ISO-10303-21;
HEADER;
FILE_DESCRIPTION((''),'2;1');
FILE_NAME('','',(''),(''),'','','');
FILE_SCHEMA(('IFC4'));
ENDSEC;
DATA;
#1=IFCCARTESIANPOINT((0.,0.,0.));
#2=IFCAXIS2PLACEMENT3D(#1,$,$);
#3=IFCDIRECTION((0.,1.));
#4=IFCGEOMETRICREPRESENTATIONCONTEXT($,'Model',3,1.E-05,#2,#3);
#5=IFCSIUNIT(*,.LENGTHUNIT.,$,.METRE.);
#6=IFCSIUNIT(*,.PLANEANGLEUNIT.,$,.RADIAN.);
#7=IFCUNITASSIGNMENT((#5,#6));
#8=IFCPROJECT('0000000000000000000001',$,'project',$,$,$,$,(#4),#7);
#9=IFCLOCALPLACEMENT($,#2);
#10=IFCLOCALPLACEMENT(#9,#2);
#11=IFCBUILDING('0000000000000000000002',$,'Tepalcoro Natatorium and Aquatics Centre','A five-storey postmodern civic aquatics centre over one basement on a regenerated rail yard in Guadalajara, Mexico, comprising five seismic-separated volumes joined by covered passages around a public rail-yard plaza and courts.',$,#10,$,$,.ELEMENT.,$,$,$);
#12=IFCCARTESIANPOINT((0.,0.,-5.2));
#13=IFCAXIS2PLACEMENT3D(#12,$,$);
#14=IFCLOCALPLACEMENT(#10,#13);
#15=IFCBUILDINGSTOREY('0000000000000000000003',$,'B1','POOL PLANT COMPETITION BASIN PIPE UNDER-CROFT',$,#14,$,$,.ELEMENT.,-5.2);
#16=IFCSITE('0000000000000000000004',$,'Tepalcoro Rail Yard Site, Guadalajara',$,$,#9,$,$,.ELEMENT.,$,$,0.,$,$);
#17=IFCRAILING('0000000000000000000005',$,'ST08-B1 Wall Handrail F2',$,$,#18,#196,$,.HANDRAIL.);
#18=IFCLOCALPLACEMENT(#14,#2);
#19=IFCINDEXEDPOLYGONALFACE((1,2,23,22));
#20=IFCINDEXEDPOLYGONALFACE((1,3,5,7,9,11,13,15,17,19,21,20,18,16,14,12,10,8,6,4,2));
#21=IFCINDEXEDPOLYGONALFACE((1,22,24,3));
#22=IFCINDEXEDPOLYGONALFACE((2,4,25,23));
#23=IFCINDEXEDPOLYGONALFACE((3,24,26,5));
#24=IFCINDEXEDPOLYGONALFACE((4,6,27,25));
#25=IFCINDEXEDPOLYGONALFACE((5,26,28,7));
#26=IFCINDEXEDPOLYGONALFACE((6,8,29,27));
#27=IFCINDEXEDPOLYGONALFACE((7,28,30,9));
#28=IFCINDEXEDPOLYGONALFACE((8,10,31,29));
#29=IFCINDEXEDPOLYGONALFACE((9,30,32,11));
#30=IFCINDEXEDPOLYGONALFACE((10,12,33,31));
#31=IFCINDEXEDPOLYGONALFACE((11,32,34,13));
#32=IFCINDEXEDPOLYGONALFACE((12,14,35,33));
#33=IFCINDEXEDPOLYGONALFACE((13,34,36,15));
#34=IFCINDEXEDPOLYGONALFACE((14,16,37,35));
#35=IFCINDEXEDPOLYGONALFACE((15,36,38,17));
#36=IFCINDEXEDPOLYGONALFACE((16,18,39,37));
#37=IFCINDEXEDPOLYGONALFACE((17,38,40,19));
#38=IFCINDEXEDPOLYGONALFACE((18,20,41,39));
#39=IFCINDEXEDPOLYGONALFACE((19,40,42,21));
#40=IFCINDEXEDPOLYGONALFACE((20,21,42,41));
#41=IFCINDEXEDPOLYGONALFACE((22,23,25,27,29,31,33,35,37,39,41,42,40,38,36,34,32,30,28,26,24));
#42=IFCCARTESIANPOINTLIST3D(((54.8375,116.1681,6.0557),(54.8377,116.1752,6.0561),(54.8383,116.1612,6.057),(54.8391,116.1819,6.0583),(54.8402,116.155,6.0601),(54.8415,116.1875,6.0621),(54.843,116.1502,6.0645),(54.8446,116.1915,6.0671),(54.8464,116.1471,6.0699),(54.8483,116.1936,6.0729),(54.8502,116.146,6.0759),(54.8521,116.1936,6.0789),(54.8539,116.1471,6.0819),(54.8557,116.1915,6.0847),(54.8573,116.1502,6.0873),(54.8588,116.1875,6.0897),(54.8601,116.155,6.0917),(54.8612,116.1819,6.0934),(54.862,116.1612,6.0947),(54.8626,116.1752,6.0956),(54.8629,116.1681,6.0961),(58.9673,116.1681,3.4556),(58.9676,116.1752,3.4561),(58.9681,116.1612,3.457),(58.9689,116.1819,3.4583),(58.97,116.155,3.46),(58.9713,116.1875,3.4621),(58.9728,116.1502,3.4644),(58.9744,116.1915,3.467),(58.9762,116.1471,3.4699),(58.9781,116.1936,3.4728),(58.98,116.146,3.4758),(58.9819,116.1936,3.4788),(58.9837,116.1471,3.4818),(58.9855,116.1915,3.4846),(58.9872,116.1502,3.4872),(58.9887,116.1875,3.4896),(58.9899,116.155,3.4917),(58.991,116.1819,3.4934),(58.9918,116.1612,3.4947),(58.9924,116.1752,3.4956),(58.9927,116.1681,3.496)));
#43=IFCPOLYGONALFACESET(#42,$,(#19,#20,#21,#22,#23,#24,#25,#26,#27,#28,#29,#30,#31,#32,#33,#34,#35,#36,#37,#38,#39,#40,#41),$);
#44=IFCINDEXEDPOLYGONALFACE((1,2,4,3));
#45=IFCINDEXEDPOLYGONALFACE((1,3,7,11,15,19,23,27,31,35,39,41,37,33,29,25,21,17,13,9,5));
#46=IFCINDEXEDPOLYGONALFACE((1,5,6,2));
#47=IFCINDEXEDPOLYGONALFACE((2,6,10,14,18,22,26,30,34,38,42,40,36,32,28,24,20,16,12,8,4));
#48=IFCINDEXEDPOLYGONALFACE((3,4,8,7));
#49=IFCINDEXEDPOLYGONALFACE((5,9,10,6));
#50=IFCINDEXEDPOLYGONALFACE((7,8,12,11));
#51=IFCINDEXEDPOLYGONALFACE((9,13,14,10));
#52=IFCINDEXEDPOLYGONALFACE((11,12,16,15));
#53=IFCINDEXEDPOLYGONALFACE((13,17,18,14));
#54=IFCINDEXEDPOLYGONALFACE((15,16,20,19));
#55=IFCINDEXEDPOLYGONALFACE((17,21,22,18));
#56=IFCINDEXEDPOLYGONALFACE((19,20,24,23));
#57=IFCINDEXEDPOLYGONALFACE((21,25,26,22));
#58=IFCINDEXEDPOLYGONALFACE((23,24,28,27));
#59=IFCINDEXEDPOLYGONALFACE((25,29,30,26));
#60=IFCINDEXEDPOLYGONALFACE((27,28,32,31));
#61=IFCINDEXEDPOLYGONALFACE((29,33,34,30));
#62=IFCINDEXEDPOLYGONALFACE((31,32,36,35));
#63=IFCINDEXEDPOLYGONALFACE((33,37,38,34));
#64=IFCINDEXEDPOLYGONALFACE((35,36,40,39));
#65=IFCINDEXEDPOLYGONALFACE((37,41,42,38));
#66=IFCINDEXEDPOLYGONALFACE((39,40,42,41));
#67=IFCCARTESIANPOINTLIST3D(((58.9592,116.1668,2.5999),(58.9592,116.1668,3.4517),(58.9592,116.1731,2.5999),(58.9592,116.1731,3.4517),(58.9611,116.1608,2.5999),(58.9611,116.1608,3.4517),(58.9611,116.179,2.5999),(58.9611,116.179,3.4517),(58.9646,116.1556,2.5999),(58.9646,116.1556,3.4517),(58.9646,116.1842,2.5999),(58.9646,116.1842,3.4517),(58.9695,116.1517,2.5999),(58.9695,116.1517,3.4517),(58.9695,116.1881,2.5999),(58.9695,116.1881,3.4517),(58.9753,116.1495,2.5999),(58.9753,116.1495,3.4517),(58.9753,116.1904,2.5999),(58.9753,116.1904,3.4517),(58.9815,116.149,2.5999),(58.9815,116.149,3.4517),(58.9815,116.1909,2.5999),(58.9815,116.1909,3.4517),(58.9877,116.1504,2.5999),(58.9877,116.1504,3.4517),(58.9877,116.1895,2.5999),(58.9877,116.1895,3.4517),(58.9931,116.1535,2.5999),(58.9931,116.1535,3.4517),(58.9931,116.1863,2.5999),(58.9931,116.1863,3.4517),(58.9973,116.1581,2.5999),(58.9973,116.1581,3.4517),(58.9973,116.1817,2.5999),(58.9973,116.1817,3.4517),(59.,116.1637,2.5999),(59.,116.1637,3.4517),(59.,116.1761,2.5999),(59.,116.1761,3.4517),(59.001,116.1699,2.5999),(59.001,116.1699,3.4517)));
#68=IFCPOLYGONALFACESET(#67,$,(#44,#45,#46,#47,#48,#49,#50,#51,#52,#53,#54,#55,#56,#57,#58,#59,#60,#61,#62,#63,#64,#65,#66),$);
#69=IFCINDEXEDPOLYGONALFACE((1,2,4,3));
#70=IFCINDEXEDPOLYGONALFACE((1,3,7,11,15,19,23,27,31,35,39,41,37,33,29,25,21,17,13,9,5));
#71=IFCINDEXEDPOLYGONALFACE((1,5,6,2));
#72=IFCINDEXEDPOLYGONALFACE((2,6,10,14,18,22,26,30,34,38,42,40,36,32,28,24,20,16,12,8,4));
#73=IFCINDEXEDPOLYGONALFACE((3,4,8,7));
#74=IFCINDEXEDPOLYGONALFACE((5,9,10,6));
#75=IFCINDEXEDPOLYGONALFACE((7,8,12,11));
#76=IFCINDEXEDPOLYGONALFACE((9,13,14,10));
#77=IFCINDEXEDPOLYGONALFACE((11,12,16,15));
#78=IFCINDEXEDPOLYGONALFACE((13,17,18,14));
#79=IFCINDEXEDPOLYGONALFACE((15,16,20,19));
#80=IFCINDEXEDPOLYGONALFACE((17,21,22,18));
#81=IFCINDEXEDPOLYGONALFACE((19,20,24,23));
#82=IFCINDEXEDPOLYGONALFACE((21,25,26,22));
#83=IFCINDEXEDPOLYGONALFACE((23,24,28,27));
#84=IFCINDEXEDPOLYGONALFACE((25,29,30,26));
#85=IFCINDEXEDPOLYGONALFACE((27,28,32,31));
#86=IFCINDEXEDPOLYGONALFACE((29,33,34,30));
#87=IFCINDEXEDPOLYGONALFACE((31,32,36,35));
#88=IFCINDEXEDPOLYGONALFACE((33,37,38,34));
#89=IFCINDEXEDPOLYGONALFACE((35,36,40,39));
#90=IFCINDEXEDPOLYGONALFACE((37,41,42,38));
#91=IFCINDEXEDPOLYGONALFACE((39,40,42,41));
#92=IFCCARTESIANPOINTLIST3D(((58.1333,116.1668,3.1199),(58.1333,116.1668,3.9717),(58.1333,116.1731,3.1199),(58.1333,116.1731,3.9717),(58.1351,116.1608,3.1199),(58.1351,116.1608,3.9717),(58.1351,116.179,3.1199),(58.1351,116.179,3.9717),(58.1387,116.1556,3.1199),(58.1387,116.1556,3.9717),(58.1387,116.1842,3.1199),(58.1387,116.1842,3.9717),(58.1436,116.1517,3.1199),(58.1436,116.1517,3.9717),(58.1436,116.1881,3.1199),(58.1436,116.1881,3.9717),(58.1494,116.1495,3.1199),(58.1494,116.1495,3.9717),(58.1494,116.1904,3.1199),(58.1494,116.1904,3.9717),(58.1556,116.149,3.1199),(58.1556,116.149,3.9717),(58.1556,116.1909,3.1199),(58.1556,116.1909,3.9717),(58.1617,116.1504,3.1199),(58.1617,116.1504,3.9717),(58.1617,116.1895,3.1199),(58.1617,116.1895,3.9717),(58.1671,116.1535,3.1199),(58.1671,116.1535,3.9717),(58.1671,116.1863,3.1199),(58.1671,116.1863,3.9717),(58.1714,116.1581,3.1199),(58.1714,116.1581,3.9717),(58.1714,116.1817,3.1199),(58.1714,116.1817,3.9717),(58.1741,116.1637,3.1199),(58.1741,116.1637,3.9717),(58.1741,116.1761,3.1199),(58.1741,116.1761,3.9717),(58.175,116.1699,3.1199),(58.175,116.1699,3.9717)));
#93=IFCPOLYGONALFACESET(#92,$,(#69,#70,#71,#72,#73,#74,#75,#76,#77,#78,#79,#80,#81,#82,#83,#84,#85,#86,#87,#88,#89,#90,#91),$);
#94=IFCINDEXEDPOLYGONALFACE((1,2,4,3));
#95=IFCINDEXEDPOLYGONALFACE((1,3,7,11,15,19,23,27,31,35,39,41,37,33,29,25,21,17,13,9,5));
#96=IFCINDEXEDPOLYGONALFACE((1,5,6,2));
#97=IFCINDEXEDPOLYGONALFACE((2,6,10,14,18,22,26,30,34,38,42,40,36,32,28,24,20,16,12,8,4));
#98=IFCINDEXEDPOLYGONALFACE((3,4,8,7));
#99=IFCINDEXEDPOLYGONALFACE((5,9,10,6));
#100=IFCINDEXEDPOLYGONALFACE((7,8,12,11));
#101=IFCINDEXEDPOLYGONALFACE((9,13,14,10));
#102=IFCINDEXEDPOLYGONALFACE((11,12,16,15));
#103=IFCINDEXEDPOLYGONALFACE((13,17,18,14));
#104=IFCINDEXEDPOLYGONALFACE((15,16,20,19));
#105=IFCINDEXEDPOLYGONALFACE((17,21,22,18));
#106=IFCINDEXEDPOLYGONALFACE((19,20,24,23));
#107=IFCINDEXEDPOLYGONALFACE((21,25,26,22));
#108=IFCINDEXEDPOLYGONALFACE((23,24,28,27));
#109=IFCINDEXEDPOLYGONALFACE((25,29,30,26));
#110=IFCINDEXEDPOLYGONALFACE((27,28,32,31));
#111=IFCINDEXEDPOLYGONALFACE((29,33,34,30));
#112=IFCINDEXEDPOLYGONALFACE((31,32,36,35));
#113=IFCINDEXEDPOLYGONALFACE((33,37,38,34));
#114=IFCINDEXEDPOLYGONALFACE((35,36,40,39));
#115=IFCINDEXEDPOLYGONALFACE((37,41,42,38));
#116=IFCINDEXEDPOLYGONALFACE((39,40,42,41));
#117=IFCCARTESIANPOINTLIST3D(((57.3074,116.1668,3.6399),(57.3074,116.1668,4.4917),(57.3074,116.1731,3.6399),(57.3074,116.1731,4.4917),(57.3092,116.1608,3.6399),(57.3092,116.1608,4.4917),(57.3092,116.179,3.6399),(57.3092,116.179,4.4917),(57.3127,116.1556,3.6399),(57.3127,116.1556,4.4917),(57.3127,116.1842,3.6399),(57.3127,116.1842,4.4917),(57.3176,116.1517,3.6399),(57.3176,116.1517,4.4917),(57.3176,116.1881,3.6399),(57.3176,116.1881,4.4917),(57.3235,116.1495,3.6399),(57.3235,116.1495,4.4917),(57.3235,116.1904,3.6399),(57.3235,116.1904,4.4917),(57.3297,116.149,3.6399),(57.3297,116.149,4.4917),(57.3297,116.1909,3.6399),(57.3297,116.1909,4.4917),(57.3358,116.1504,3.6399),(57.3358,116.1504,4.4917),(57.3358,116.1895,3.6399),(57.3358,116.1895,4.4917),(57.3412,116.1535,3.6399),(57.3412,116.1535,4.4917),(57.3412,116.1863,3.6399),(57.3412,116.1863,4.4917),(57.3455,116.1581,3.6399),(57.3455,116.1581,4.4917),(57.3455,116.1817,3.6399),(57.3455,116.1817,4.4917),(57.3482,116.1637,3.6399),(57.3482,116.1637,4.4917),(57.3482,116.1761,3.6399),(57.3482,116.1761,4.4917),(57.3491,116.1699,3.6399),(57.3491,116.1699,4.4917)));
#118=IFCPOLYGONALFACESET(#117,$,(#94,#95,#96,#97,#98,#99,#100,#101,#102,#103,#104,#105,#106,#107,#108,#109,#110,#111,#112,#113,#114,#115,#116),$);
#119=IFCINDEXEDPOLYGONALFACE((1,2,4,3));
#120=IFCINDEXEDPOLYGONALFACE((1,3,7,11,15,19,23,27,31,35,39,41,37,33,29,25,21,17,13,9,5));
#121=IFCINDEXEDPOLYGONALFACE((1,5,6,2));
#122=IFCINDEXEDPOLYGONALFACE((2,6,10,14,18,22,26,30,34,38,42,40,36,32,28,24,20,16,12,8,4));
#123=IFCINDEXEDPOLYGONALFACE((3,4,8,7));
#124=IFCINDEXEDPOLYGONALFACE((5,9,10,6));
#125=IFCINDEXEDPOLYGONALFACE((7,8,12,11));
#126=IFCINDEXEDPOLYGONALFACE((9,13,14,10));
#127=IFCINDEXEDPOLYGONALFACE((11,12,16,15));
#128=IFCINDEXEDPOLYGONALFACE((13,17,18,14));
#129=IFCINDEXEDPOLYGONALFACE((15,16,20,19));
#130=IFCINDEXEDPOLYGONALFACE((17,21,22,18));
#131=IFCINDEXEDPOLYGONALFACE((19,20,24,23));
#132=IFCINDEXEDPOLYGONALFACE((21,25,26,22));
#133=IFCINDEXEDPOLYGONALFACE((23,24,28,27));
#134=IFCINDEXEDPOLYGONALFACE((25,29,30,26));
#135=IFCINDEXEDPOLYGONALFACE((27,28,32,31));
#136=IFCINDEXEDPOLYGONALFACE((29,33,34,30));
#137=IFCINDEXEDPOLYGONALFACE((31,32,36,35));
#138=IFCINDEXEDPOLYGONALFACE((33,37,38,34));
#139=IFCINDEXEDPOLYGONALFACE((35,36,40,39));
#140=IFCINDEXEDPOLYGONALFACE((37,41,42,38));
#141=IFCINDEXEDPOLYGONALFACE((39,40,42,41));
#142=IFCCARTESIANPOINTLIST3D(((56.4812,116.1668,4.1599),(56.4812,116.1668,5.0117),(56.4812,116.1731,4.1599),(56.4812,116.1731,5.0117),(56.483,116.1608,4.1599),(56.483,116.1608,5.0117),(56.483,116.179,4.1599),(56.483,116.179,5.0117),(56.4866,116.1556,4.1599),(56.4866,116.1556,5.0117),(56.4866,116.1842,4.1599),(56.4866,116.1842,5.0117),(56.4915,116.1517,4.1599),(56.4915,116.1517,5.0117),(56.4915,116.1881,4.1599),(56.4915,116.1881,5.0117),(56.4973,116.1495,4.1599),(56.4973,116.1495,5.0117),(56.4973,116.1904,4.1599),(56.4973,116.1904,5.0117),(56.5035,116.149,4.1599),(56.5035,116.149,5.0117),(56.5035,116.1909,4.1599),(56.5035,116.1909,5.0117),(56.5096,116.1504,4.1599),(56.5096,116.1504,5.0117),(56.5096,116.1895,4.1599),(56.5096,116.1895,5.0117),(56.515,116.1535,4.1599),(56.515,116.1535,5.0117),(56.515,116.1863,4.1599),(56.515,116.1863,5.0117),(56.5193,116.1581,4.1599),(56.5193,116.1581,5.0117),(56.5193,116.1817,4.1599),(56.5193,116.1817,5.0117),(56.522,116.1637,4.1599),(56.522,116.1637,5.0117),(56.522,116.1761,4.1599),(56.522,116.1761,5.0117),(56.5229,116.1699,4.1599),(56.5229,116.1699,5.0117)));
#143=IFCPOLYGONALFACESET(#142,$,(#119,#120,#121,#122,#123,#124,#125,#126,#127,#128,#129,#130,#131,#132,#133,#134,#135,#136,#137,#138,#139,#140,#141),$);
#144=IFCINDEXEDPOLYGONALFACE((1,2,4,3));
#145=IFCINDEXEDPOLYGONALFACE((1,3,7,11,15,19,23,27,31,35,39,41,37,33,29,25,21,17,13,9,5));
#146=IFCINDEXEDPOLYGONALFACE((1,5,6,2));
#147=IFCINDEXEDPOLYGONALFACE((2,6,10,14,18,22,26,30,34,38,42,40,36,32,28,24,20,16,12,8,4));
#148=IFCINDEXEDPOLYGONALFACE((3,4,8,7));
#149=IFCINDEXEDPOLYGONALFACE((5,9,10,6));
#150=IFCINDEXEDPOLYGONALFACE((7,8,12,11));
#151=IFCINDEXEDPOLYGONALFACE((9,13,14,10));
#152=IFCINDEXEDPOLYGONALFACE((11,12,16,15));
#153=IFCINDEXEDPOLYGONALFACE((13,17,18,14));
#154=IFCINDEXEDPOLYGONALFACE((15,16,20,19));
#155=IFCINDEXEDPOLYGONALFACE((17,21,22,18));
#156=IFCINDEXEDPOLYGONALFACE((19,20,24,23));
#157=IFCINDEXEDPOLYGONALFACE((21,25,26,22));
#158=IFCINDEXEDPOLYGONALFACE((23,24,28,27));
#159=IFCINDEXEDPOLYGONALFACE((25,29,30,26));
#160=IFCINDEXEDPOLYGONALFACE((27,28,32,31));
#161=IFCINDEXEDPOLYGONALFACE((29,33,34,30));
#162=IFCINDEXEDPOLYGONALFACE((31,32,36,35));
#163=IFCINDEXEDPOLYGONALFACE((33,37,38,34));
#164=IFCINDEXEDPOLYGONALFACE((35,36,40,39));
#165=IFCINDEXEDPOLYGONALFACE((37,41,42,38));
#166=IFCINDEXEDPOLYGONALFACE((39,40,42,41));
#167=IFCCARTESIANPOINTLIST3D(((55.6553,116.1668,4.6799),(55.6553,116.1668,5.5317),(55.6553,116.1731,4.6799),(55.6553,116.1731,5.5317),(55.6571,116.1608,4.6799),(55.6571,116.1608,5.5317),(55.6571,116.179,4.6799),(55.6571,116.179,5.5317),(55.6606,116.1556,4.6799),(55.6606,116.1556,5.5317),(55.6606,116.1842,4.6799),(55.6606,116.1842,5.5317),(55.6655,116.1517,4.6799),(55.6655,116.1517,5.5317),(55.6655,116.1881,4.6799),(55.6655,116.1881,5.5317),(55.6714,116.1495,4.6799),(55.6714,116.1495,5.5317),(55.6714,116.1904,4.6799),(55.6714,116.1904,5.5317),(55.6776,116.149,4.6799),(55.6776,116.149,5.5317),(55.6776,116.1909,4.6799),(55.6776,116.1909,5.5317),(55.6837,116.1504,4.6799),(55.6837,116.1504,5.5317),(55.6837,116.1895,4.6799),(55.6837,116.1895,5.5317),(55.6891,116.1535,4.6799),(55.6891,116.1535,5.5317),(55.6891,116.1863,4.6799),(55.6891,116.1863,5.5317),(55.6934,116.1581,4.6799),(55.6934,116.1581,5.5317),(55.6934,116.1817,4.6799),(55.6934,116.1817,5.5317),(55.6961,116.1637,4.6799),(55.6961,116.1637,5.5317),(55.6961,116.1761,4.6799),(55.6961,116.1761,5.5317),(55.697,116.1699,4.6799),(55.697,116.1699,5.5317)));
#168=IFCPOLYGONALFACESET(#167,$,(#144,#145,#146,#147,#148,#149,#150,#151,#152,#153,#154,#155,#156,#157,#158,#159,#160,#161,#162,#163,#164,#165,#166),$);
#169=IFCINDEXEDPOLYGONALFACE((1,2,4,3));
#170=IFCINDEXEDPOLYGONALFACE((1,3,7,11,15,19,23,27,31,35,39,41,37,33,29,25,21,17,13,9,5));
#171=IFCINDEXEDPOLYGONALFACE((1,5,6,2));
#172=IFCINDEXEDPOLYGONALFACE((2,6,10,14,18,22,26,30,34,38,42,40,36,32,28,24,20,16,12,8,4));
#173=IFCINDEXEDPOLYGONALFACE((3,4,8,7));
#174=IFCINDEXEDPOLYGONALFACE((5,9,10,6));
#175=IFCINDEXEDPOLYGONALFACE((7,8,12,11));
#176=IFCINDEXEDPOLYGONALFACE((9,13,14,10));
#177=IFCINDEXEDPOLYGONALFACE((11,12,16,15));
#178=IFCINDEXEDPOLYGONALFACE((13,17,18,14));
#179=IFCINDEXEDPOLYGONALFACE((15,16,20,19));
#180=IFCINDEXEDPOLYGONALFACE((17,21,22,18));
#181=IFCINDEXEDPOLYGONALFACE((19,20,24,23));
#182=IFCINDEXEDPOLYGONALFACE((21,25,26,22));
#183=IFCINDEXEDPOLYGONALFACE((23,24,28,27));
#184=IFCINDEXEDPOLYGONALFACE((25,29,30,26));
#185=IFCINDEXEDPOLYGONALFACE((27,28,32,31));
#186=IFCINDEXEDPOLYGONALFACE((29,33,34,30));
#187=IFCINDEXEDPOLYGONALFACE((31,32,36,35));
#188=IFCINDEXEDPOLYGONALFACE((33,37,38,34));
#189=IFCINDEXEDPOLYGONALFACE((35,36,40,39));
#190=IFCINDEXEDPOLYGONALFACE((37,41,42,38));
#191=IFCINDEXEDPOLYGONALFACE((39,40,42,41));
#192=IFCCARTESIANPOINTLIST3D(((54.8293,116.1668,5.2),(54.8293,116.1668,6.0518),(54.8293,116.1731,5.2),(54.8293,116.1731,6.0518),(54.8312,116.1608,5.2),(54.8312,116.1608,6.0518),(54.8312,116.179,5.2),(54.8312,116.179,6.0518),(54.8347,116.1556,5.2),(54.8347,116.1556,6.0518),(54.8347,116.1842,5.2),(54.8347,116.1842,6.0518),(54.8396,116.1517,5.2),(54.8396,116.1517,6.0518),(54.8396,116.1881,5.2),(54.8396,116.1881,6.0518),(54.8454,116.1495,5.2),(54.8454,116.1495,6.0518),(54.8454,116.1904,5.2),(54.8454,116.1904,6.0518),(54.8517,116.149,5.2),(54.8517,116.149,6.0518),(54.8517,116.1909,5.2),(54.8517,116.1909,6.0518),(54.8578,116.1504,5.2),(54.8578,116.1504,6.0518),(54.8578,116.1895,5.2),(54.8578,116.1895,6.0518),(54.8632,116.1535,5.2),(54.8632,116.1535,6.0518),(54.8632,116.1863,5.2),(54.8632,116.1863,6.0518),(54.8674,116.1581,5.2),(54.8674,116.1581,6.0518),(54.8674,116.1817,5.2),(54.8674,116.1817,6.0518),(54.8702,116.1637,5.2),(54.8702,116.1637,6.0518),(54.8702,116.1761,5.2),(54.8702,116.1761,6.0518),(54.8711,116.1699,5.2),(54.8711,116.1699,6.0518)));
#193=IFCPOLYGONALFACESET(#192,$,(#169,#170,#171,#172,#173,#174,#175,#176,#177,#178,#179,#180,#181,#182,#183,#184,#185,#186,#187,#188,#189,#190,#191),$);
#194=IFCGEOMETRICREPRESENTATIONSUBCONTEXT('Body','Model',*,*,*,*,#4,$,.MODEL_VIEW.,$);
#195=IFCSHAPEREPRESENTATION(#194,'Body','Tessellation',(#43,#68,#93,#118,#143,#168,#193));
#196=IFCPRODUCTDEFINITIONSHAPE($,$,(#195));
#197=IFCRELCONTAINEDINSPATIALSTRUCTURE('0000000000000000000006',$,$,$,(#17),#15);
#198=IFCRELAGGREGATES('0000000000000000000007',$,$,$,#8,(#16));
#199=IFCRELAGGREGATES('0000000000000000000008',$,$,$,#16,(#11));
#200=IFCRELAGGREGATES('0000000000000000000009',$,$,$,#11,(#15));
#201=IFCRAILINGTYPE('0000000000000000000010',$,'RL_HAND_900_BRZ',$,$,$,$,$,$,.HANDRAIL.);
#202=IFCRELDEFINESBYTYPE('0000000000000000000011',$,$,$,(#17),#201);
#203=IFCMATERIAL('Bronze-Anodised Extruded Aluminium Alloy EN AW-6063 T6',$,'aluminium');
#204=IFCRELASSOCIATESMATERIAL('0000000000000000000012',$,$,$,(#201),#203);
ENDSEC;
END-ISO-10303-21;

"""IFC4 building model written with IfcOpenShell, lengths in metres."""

from ifc_helpers import new_model, si_unit, direction, frame, origin, origin_2d, place, context, subcontext, project, spatial, circle, extrude, material, type_object, element, save


model = new_model("IFC4")

# Units and contexts
model_context = context("Model", 3, precision=1e-05, world=origin(), true_north=direction((0.0, 1.0)))
body_context = subcontext(model_context, "Body", "Model", "MODEL_VIEW")
ifc_project = project(units=[si_unit("LENGTHUNIT", "METRE"), si_unit("PLANEANGLEUNIT", "RADIAN")], contexts=[model_context])

# Site, building, storey
site_placement = place(None, origin())
site = spatial("IfcSite", under=ifc_project, at=site_placement, Name="Tepalcoro Rail Yard Site, Guadalajara", CompositionType="ELEMENT", RefElevation=0.0)
building_placement = place(site_placement, origin())
building = spatial("IfcBuilding", under=site, at=building_placement, Name="Tepalcoro Natatorium and Aquatics Centre", Description="A five-storey postmodern civic aquatics centre over one basement on a regenerated rail yard in Guadalajara, Mexico, comprising five seismic-separated volumes joined by covered passages around a public rail-yard plaza and courts.", CompositionType="ELEMENT")
storey_placement = place(building_placement, frame((0.0, 0.0, -5.2)))
storey = spatial("IfcBuildingStorey", under=building, at=storey_placement, Name="B1", Description="POOL PLANT COMPETITION BASIN PIPE UNDER-CROFT", CompositionType="ELEMENT", Elevation=-5.2)

# Railing
ifc_material_1 = material(Name="Bronze-Anodised Extruded Aluminium Alloy EN AW-6063 T6", Category="aluminium")
railing_type = type_object("IfcRailingType", Name="RL_HAND_900_BRZ", PredefinedType="HANDRAIL", material=ifc_material_1)
railing_placement = place(storey_placement, frame((58.98, 116.1699, 2.5999)))
element("IfcRailing", 1, at=railing_placement, inside=storey, type_object=railing_type, Name="ST08-B1 Wall Handrail F2", PredefinedType="HANDRAIL", context=body_context, shape_type="SweptSolid", body=[
    extrude(circle(Radius=0.0239, at=origin_2d()), frame((0.0, 0.0, 0.876), z_axis=(-0.846251, 0.0, 0.532784), x_axis=(0.0, -1.0, 0.0)), (0.0, 0.0, 1.0), 4.8801),
    extrude(circle(Radius=0.021, at=origin_2d()), origin(), (0.0, 0.0, 1.0), 0.8518),
    extrude(circle(Radius=0.021, at=origin_2d()), frame((-0.8259, 0.0, 0.52)), (0.0, 0.0, 1.0), 0.8518),
    extrude(circle(Radius=0.021, at=origin_2d()), frame((-1.6519, 0.0, 1.04)), (0.0, 0.0, 1.0), 0.8518),
    extrude(circle(Radius=0.021, at=origin_2d()), frame((-2.478, 0.0, 1.5601)), (0.0, 0.0, 1.0), 0.8518),
    extrude(circle(Radius=0.021, at=origin_2d()), frame((-3.304, 0.0, 2.0801)), (0.0, 0.0, 1.0), 0.8518),
    extrude(circle(Radius=0.021, at=origin_2d()), frame((-4.1299, 0.0, 2.6001)), (0.0, 0.0, 1.0), 0.8518),
])

save(model, "model.ifc")
